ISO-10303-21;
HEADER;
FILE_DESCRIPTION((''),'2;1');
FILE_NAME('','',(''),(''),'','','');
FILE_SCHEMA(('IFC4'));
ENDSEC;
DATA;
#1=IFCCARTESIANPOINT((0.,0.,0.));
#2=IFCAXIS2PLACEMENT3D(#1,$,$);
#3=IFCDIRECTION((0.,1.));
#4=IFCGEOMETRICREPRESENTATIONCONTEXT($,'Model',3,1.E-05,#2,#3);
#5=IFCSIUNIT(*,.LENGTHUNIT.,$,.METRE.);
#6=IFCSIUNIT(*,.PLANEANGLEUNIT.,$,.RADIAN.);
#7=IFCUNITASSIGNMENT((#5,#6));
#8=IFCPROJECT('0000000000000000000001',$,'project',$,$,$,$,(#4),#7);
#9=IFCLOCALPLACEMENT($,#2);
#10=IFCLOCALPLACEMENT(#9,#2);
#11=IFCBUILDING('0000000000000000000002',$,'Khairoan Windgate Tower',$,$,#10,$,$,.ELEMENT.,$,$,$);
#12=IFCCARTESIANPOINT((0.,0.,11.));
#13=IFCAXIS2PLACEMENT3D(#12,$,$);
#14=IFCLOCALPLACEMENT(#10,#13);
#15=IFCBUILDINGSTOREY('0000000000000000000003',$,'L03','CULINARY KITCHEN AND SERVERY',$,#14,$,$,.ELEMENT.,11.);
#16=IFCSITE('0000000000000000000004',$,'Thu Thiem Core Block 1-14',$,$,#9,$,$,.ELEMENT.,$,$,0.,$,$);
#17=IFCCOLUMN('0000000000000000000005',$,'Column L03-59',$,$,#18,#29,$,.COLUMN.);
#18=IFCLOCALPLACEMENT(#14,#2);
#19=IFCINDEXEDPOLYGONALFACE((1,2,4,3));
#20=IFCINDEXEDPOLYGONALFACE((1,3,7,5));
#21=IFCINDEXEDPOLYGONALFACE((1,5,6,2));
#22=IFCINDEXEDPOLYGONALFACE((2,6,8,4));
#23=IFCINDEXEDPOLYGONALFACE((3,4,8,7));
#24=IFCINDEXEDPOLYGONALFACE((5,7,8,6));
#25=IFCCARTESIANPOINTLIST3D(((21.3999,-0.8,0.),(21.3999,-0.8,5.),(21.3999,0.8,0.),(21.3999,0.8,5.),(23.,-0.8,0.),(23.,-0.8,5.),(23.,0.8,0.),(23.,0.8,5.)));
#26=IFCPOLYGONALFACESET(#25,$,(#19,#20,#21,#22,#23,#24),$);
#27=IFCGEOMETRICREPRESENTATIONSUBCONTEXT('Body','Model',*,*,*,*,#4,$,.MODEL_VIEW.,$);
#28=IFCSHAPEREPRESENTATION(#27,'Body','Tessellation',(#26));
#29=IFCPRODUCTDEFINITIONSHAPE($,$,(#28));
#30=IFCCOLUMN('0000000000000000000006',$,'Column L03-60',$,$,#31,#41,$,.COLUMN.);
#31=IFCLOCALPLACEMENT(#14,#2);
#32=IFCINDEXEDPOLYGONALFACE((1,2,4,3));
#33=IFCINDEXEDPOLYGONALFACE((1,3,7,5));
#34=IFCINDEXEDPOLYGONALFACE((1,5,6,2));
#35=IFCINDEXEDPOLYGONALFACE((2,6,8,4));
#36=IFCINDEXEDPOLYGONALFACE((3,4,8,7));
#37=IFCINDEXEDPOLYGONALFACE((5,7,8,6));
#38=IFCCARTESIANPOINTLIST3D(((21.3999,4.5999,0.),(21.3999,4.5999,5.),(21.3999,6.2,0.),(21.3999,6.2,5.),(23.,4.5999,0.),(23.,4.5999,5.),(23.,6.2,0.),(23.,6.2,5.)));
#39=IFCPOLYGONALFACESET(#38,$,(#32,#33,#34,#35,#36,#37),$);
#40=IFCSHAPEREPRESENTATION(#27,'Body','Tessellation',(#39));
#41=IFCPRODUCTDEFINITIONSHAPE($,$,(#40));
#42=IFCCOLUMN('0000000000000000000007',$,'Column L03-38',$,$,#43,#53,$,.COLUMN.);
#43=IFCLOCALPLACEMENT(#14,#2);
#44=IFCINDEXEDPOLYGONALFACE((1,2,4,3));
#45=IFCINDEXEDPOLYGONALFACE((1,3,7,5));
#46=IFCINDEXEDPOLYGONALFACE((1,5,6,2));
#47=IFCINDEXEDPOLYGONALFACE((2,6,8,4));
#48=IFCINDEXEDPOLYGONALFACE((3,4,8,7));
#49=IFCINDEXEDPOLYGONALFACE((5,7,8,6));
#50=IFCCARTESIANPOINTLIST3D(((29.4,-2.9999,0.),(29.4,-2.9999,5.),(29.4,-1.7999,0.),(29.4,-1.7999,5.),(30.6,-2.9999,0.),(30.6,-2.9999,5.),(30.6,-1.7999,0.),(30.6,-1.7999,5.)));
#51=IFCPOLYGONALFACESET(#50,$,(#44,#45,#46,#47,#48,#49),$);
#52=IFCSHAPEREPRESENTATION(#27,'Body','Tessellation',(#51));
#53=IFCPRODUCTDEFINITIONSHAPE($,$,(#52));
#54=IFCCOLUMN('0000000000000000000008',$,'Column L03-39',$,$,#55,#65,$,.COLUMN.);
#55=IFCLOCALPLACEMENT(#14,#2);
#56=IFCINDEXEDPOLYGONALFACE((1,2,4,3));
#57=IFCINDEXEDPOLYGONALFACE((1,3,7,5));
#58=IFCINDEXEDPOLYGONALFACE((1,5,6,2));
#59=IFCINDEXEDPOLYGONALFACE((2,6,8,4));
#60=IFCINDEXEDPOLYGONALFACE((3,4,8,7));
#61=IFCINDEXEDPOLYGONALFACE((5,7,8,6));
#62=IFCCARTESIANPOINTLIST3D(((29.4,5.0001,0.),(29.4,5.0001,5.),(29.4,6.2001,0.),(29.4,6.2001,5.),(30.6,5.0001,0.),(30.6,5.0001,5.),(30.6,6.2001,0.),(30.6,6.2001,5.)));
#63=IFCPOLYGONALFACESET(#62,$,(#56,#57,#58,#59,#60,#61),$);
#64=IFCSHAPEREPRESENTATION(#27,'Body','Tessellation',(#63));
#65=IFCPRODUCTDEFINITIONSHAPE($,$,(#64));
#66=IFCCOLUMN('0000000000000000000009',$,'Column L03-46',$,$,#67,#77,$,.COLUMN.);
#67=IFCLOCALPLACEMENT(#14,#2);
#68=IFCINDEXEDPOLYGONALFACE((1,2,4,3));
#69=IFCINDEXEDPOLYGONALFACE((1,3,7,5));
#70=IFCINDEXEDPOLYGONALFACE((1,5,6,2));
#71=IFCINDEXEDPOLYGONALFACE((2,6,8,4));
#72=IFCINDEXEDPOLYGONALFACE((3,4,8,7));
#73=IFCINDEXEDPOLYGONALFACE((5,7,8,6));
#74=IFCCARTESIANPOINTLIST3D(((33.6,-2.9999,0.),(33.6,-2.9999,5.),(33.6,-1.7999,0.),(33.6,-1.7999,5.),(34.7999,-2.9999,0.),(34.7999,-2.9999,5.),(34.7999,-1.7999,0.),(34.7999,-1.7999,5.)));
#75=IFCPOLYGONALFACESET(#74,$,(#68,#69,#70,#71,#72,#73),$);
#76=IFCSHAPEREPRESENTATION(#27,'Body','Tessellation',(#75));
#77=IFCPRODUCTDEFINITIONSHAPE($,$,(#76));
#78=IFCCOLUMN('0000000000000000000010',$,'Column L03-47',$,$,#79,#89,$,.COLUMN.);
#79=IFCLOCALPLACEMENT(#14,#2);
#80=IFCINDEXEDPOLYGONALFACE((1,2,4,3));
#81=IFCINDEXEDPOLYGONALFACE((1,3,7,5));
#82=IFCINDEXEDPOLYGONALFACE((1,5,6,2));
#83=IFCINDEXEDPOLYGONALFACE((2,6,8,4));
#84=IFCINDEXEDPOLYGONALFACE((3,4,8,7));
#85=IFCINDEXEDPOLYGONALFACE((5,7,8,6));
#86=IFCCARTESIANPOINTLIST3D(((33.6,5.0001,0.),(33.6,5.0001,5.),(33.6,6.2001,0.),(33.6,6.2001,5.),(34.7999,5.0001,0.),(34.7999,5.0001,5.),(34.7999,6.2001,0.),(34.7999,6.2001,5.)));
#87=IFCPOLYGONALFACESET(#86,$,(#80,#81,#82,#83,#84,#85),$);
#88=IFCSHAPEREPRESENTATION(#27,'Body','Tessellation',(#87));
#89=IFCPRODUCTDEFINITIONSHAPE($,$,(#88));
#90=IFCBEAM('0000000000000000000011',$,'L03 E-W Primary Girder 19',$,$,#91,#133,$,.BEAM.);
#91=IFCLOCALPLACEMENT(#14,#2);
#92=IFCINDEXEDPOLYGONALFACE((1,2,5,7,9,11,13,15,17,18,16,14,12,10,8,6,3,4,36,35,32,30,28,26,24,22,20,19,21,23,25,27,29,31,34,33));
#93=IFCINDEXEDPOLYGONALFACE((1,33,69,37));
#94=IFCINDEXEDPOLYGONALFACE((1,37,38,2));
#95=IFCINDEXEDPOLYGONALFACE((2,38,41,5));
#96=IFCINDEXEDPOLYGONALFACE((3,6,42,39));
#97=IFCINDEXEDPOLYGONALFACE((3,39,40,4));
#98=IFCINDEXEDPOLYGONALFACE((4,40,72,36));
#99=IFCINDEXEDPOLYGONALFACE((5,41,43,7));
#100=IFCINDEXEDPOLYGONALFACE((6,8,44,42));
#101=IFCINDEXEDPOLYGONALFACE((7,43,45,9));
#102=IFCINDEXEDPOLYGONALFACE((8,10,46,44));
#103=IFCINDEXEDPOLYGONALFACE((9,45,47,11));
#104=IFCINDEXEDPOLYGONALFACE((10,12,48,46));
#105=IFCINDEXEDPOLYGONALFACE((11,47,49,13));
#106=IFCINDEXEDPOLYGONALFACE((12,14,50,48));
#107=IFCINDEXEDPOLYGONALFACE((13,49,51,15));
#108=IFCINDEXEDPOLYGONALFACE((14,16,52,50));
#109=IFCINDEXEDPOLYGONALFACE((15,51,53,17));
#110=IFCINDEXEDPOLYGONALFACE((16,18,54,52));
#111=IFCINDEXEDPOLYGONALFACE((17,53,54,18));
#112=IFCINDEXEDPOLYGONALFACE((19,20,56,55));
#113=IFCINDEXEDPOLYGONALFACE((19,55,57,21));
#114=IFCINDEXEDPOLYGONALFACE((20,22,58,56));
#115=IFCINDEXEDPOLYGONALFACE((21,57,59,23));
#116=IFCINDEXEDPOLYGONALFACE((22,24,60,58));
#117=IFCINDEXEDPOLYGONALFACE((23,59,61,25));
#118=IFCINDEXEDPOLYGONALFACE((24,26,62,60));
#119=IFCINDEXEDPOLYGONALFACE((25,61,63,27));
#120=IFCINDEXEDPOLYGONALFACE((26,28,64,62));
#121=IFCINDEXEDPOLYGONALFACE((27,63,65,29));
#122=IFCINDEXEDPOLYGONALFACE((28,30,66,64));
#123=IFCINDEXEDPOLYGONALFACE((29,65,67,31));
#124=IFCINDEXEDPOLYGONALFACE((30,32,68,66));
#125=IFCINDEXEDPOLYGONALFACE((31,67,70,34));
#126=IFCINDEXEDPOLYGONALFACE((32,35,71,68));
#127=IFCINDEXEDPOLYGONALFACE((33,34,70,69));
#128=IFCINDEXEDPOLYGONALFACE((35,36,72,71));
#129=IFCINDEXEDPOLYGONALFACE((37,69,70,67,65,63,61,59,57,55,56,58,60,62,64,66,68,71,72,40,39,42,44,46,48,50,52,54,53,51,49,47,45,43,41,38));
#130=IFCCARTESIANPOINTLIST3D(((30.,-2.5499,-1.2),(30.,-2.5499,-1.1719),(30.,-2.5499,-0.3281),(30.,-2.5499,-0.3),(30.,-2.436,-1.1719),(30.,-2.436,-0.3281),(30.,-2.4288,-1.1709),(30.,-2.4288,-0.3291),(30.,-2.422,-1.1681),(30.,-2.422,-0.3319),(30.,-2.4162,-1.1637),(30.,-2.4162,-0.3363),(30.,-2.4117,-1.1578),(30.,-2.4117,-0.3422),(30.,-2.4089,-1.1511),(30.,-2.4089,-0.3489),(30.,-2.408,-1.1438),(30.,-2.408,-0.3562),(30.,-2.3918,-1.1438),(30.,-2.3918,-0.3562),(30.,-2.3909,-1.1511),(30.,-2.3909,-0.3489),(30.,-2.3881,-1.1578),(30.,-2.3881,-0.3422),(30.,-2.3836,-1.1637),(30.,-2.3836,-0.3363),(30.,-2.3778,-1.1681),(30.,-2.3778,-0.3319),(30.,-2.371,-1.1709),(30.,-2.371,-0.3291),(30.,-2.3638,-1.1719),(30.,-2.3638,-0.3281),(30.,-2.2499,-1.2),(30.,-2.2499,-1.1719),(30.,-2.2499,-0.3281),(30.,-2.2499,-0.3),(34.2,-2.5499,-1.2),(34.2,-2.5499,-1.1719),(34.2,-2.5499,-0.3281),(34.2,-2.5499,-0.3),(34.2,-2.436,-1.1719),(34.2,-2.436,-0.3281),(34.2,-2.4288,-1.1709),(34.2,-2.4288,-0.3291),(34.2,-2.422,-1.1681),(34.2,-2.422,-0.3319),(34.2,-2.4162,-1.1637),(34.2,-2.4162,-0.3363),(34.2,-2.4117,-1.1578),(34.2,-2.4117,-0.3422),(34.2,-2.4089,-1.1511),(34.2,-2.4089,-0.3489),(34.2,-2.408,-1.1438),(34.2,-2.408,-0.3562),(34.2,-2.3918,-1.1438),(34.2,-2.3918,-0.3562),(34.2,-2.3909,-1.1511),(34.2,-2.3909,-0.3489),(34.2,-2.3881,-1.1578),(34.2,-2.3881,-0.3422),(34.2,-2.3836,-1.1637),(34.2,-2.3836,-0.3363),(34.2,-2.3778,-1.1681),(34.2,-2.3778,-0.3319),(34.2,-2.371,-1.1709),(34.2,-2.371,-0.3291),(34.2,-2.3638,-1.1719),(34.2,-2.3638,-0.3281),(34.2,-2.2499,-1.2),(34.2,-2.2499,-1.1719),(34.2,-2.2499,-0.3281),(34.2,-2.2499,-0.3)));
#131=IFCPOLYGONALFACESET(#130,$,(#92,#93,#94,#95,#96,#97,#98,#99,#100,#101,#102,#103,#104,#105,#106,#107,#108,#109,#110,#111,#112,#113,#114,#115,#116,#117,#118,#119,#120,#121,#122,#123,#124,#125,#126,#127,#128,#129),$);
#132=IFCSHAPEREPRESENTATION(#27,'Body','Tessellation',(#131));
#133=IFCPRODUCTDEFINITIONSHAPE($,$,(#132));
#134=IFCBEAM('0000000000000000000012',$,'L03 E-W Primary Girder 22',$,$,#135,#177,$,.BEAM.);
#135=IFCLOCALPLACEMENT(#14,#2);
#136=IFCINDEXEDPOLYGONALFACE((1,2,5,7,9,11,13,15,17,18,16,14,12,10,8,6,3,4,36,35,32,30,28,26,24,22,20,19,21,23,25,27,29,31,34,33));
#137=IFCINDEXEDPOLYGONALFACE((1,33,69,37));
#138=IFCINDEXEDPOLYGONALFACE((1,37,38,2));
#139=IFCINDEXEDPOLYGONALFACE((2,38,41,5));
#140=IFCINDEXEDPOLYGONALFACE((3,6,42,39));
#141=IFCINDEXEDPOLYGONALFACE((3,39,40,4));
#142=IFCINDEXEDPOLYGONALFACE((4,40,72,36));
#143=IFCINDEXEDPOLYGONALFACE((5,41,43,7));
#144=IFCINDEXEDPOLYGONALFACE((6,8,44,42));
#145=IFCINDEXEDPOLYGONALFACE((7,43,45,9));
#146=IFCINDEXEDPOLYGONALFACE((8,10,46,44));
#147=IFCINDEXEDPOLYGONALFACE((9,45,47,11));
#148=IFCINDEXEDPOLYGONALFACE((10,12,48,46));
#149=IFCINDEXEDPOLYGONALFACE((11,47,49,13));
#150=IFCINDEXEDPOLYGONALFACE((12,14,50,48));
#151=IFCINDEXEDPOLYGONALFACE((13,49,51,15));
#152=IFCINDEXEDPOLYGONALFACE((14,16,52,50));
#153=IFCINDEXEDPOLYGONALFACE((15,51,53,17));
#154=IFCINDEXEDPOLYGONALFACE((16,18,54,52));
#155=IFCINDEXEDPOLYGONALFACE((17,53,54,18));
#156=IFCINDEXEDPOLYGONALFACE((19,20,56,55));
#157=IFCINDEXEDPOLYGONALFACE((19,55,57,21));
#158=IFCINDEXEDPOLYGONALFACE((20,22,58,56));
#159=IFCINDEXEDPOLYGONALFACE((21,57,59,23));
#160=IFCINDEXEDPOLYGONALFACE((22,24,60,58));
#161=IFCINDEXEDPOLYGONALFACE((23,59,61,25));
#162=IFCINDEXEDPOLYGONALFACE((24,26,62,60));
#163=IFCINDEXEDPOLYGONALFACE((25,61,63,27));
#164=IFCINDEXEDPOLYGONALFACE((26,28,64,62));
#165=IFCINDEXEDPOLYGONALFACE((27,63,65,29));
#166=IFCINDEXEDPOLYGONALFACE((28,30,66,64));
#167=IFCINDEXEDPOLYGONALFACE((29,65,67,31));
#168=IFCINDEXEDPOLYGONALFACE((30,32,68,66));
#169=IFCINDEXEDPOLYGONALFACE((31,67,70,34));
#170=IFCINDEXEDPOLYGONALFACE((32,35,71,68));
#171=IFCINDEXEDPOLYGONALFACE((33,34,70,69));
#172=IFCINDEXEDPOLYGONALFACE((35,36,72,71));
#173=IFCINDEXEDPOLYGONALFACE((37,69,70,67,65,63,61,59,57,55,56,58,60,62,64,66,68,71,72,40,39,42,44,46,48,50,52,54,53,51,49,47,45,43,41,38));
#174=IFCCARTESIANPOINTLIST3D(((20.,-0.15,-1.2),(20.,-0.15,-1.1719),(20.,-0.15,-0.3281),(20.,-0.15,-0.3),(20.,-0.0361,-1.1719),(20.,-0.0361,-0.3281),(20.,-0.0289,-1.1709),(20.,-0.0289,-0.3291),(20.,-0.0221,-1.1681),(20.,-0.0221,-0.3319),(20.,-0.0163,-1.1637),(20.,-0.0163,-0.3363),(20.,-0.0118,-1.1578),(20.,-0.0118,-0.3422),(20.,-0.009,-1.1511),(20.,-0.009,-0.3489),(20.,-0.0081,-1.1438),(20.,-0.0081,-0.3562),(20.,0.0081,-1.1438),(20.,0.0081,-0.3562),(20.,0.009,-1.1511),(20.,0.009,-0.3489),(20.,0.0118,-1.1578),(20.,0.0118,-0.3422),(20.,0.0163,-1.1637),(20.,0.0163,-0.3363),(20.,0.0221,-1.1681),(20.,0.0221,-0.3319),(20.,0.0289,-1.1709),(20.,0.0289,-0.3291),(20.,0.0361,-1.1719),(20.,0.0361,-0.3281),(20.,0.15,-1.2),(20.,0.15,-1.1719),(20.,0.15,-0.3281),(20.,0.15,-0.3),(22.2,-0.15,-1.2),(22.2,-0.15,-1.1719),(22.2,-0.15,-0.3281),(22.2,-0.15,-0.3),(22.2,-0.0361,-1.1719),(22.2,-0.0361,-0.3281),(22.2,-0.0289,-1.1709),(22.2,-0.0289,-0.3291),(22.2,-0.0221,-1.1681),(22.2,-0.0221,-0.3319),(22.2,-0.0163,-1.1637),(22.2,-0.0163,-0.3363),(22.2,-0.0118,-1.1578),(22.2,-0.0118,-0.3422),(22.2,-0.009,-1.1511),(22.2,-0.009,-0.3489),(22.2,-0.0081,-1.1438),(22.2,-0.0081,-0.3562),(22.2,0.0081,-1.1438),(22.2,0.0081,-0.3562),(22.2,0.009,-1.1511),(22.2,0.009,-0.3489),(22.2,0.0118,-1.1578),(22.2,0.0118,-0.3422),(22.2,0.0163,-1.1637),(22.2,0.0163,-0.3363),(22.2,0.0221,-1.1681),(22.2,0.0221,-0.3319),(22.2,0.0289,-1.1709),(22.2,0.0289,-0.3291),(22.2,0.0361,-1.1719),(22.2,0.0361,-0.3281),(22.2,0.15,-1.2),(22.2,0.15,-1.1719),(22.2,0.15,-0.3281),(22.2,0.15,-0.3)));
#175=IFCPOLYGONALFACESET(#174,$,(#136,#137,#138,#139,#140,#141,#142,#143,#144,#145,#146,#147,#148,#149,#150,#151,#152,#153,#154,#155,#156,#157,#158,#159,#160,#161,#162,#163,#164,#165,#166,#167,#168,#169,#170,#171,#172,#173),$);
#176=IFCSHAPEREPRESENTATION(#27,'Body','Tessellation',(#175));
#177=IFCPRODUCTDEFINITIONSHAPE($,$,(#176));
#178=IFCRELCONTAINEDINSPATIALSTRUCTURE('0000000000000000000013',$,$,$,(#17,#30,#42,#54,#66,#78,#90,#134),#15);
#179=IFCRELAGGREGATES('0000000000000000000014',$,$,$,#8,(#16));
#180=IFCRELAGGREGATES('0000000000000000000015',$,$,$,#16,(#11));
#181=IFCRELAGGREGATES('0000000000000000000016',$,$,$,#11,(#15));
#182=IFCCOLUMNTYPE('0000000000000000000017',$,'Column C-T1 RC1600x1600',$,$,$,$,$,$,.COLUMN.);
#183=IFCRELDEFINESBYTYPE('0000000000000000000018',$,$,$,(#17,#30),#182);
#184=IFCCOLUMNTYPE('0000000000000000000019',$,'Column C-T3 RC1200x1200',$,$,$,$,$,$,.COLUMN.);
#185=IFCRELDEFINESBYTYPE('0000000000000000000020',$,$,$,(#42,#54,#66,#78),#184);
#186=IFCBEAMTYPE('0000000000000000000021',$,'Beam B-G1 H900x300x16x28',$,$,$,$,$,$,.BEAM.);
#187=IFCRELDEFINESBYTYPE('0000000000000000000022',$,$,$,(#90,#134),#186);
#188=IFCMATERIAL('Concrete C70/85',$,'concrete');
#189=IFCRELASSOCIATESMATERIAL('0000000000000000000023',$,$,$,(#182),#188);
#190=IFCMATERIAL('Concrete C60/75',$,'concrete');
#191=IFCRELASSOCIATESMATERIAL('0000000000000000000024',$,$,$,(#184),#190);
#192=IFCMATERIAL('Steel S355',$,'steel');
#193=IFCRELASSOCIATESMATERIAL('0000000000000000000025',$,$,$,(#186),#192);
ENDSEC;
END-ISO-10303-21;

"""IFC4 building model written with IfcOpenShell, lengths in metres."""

from ifc_helpers import new_model, si_unit, direction, frame, origin, origin_2d, place, context, subcontext, project, spatial, rectangle, i_section, extrude, material, material_profile, profile_set, type_object, element, save


model = new_model("IFC4")

# Units and contexts
model_context = context("Model", 3, precision=1e-05, world=origin(), true_north=direction((0.0, 1.0)))
body_context = subcontext(model_context, "Body", "Model", "MODEL_VIEW")
ifc_project = project(units=[si_unit("LENGTHUNIT", "METRE"), si_unit("PLANEANGLEUNIT", "RADIAN")], contexts=[model_context])

# Site, building, storey
site_placement = place(None, origin())
site = spatial("IfcSite", under=ifc_project, at=site_placement, Name="Thu Thiem Core Block 1-14", CompositionType="ELEMENT", RefElevation=0.0)
building_placement = place(site_placement, origin())
building = spatial("IfcBuilding", under=site, at=building_placement, Name="Khairoan Windgate Tower", CompositionType="ELEMENT")
storey_placement = place(building_placement, frame((0.0, 0.0, 11.0)))
storey = spatial("IfcBuildingStorey", under=building, at=storey_placement, Name="L03", Description="CULINARY KITCHEN AND SERVERY", CompositionType="ELEMENT", Elevation=11.0)

# Columns
ifc_material_1 = material(Name="Concrete C70/85", Category="concrete")
ifc_material_profile_1 = material_profile(ifc_material_1, rectangle(XDim=1.6001, YDim=1.6001, at=origin_2d()))
ifc_profile_set_1 = profile_set([ifc_material_profile_1], Name="Concrete C70/85")
column_type_1 = type_object("IfcColumnType", Name="Column C-T1 RC1600x1600", PredefinedType="COLUMN", material=ifc_profile_set_1)
for number, where, z_axis, x_axis, name in (
    (1, (22.2, 0.0, 0.0), (0.0, 0.0, 1.0), (1.0, 0.0, 0.0), "Column L03-59"),
    (2, (22.2, 5.3999, 0.0), (0.0, 0.0, 1.0), (1.0, 0.0, 0.0), "Column L03-60"),
):
    element("IfcColumn", number, at=place(storey_placement, frame(where, z_axis=z_axis, x_axis=x_axis)), inside=storey, type_object=column_type_1, Name=name, PredefinedType="COLUMN", context=body_context, shape_type="SweptSolid", body=[
        extrude(rectangle(XDim=1.6001, YDim=1.6001, at=origin_2d()), origin(), (0.0, 0.0, 1.0), 5.0),
    ])
ifc_material_2 = material(Name="Concrete C60/75", Category="concrete")
ifc_material_profile_2 = material_profile(ifc_material_2, rectangle(XDim=1.2, YDim=1.2, at=origin_2d()))
ifc_profile_set_2 = profile_set([ifc_material_profile_2], Name="Concrete C60/75")
column_type_2 = type_object("IfcColumnType", Name="Column C-T3 RC1200x1200", PredefinedType="COLUMN", material=ifc_profile_set_2)
for number, where, z_axis, x_axis, name in (
    (3, (30.0, -2.3999, 0.0), (0.0, 0.0, 1.0), (1.0, 0.0, 0.0), "Column L03-38"),
    (4, (30.0, 5.6001, 0.0), (0.0, 0.0, 1.0), (1.0, 0.0, 0.0), "Column L03-39"),
    (5, (34.2, -2.3999, 0.0), (0.0, 0.0, 1.0), (1.0, 0.0, 0.0), "Column L03-46"),
    (6, (34.2, 5.6001, 0.0), (0.0, 0.0, 1.0), (1.0, 0.0, 0.0), "Column L03-47"),
):
    element("IfcColumn", number, at=place(storey_placement, frame(where, z_axis=z_axis, x_axis=x_axis)), inside=storey, type_object=column_type_2, Name=name, PredefinedType="COLUMN", context=body_context, shape_type="SweptSolid", body=[
        extrude(rectangle(XDim=1.2, YDim=1.2, at=origin_2d()), origin(), (0.0, 0.0, 1.0), 5.0),
    ])

# Beams
ifc_material_3 = material(Name="Steel S355", Category="steel")
ifc_material_profile_3 = material_profile(ifc_material_3, i_section(OverallWidth=0.3, OverallDepth=0.8999, WebThickness=0.0161, FlangeThickness=0.0281, FilletRadius=0.0281, at=origin_2d()))
ifc_profile_set_3 = profile_set([ifc_material_profile_3], Name="Steel S355")
beam_type_1 = type_object("IfcBeamType", Name="Beam B-G1 H900x300x16x28", PredefinedType="BEAM", material=ifc_profile_set_3)
beam_1_placement = place(storey_placement, frame((30.0, -2.3999, -0.75), z_axis=(1.0, 0.0, 0.0), x_axis=(0.0, 1.0, 0.0)))
element("IfcBeam", 7, at=beam_1_placement, inside=storey, type_object=beam_type_1, Name="L03 E-W Primary Girder 19", PredefinedType="BEAM", context=body_context, shape_type="SweptSolid", body=[
    extrude(i_section(OverallWidth=0.3, OverallDepth=0.8999, WebThickness=0.0161, FlangeThickness=0.0281, FilletRadius=0.0281, at=origin_2d()), origin(), (0.0, 0.0, 1.0), 4.2),
])
for number, where, z_axis, x_axis, name in (
    (8, (20.0, 0.0, -0.75), (1.0, 0.0, 0.0), (0.0, 1.0, 0.0), "L03 E-W Primary Girder 22"),
):
    element("IfcBeam", number, at=place(storey_placement, frame(where, z_axis=z_axis, x_axis=x_axis)), inside=storey, type_object=beam_type_1, Name=name, PredefinedType="BEAM", context=body_context, shape_type="SweptSolid", body=[
        extrude(i_section(OverallWidth=0.3, OverallDepth=0.8999, WebThickness=0.0161, FlangeThickness=0.0281, FilletRadius=0.0281, at=origin_2d()), origin(), (0.0, 0.0, 1.0), 2.2),
    ])

save(model, "model.ifc")
